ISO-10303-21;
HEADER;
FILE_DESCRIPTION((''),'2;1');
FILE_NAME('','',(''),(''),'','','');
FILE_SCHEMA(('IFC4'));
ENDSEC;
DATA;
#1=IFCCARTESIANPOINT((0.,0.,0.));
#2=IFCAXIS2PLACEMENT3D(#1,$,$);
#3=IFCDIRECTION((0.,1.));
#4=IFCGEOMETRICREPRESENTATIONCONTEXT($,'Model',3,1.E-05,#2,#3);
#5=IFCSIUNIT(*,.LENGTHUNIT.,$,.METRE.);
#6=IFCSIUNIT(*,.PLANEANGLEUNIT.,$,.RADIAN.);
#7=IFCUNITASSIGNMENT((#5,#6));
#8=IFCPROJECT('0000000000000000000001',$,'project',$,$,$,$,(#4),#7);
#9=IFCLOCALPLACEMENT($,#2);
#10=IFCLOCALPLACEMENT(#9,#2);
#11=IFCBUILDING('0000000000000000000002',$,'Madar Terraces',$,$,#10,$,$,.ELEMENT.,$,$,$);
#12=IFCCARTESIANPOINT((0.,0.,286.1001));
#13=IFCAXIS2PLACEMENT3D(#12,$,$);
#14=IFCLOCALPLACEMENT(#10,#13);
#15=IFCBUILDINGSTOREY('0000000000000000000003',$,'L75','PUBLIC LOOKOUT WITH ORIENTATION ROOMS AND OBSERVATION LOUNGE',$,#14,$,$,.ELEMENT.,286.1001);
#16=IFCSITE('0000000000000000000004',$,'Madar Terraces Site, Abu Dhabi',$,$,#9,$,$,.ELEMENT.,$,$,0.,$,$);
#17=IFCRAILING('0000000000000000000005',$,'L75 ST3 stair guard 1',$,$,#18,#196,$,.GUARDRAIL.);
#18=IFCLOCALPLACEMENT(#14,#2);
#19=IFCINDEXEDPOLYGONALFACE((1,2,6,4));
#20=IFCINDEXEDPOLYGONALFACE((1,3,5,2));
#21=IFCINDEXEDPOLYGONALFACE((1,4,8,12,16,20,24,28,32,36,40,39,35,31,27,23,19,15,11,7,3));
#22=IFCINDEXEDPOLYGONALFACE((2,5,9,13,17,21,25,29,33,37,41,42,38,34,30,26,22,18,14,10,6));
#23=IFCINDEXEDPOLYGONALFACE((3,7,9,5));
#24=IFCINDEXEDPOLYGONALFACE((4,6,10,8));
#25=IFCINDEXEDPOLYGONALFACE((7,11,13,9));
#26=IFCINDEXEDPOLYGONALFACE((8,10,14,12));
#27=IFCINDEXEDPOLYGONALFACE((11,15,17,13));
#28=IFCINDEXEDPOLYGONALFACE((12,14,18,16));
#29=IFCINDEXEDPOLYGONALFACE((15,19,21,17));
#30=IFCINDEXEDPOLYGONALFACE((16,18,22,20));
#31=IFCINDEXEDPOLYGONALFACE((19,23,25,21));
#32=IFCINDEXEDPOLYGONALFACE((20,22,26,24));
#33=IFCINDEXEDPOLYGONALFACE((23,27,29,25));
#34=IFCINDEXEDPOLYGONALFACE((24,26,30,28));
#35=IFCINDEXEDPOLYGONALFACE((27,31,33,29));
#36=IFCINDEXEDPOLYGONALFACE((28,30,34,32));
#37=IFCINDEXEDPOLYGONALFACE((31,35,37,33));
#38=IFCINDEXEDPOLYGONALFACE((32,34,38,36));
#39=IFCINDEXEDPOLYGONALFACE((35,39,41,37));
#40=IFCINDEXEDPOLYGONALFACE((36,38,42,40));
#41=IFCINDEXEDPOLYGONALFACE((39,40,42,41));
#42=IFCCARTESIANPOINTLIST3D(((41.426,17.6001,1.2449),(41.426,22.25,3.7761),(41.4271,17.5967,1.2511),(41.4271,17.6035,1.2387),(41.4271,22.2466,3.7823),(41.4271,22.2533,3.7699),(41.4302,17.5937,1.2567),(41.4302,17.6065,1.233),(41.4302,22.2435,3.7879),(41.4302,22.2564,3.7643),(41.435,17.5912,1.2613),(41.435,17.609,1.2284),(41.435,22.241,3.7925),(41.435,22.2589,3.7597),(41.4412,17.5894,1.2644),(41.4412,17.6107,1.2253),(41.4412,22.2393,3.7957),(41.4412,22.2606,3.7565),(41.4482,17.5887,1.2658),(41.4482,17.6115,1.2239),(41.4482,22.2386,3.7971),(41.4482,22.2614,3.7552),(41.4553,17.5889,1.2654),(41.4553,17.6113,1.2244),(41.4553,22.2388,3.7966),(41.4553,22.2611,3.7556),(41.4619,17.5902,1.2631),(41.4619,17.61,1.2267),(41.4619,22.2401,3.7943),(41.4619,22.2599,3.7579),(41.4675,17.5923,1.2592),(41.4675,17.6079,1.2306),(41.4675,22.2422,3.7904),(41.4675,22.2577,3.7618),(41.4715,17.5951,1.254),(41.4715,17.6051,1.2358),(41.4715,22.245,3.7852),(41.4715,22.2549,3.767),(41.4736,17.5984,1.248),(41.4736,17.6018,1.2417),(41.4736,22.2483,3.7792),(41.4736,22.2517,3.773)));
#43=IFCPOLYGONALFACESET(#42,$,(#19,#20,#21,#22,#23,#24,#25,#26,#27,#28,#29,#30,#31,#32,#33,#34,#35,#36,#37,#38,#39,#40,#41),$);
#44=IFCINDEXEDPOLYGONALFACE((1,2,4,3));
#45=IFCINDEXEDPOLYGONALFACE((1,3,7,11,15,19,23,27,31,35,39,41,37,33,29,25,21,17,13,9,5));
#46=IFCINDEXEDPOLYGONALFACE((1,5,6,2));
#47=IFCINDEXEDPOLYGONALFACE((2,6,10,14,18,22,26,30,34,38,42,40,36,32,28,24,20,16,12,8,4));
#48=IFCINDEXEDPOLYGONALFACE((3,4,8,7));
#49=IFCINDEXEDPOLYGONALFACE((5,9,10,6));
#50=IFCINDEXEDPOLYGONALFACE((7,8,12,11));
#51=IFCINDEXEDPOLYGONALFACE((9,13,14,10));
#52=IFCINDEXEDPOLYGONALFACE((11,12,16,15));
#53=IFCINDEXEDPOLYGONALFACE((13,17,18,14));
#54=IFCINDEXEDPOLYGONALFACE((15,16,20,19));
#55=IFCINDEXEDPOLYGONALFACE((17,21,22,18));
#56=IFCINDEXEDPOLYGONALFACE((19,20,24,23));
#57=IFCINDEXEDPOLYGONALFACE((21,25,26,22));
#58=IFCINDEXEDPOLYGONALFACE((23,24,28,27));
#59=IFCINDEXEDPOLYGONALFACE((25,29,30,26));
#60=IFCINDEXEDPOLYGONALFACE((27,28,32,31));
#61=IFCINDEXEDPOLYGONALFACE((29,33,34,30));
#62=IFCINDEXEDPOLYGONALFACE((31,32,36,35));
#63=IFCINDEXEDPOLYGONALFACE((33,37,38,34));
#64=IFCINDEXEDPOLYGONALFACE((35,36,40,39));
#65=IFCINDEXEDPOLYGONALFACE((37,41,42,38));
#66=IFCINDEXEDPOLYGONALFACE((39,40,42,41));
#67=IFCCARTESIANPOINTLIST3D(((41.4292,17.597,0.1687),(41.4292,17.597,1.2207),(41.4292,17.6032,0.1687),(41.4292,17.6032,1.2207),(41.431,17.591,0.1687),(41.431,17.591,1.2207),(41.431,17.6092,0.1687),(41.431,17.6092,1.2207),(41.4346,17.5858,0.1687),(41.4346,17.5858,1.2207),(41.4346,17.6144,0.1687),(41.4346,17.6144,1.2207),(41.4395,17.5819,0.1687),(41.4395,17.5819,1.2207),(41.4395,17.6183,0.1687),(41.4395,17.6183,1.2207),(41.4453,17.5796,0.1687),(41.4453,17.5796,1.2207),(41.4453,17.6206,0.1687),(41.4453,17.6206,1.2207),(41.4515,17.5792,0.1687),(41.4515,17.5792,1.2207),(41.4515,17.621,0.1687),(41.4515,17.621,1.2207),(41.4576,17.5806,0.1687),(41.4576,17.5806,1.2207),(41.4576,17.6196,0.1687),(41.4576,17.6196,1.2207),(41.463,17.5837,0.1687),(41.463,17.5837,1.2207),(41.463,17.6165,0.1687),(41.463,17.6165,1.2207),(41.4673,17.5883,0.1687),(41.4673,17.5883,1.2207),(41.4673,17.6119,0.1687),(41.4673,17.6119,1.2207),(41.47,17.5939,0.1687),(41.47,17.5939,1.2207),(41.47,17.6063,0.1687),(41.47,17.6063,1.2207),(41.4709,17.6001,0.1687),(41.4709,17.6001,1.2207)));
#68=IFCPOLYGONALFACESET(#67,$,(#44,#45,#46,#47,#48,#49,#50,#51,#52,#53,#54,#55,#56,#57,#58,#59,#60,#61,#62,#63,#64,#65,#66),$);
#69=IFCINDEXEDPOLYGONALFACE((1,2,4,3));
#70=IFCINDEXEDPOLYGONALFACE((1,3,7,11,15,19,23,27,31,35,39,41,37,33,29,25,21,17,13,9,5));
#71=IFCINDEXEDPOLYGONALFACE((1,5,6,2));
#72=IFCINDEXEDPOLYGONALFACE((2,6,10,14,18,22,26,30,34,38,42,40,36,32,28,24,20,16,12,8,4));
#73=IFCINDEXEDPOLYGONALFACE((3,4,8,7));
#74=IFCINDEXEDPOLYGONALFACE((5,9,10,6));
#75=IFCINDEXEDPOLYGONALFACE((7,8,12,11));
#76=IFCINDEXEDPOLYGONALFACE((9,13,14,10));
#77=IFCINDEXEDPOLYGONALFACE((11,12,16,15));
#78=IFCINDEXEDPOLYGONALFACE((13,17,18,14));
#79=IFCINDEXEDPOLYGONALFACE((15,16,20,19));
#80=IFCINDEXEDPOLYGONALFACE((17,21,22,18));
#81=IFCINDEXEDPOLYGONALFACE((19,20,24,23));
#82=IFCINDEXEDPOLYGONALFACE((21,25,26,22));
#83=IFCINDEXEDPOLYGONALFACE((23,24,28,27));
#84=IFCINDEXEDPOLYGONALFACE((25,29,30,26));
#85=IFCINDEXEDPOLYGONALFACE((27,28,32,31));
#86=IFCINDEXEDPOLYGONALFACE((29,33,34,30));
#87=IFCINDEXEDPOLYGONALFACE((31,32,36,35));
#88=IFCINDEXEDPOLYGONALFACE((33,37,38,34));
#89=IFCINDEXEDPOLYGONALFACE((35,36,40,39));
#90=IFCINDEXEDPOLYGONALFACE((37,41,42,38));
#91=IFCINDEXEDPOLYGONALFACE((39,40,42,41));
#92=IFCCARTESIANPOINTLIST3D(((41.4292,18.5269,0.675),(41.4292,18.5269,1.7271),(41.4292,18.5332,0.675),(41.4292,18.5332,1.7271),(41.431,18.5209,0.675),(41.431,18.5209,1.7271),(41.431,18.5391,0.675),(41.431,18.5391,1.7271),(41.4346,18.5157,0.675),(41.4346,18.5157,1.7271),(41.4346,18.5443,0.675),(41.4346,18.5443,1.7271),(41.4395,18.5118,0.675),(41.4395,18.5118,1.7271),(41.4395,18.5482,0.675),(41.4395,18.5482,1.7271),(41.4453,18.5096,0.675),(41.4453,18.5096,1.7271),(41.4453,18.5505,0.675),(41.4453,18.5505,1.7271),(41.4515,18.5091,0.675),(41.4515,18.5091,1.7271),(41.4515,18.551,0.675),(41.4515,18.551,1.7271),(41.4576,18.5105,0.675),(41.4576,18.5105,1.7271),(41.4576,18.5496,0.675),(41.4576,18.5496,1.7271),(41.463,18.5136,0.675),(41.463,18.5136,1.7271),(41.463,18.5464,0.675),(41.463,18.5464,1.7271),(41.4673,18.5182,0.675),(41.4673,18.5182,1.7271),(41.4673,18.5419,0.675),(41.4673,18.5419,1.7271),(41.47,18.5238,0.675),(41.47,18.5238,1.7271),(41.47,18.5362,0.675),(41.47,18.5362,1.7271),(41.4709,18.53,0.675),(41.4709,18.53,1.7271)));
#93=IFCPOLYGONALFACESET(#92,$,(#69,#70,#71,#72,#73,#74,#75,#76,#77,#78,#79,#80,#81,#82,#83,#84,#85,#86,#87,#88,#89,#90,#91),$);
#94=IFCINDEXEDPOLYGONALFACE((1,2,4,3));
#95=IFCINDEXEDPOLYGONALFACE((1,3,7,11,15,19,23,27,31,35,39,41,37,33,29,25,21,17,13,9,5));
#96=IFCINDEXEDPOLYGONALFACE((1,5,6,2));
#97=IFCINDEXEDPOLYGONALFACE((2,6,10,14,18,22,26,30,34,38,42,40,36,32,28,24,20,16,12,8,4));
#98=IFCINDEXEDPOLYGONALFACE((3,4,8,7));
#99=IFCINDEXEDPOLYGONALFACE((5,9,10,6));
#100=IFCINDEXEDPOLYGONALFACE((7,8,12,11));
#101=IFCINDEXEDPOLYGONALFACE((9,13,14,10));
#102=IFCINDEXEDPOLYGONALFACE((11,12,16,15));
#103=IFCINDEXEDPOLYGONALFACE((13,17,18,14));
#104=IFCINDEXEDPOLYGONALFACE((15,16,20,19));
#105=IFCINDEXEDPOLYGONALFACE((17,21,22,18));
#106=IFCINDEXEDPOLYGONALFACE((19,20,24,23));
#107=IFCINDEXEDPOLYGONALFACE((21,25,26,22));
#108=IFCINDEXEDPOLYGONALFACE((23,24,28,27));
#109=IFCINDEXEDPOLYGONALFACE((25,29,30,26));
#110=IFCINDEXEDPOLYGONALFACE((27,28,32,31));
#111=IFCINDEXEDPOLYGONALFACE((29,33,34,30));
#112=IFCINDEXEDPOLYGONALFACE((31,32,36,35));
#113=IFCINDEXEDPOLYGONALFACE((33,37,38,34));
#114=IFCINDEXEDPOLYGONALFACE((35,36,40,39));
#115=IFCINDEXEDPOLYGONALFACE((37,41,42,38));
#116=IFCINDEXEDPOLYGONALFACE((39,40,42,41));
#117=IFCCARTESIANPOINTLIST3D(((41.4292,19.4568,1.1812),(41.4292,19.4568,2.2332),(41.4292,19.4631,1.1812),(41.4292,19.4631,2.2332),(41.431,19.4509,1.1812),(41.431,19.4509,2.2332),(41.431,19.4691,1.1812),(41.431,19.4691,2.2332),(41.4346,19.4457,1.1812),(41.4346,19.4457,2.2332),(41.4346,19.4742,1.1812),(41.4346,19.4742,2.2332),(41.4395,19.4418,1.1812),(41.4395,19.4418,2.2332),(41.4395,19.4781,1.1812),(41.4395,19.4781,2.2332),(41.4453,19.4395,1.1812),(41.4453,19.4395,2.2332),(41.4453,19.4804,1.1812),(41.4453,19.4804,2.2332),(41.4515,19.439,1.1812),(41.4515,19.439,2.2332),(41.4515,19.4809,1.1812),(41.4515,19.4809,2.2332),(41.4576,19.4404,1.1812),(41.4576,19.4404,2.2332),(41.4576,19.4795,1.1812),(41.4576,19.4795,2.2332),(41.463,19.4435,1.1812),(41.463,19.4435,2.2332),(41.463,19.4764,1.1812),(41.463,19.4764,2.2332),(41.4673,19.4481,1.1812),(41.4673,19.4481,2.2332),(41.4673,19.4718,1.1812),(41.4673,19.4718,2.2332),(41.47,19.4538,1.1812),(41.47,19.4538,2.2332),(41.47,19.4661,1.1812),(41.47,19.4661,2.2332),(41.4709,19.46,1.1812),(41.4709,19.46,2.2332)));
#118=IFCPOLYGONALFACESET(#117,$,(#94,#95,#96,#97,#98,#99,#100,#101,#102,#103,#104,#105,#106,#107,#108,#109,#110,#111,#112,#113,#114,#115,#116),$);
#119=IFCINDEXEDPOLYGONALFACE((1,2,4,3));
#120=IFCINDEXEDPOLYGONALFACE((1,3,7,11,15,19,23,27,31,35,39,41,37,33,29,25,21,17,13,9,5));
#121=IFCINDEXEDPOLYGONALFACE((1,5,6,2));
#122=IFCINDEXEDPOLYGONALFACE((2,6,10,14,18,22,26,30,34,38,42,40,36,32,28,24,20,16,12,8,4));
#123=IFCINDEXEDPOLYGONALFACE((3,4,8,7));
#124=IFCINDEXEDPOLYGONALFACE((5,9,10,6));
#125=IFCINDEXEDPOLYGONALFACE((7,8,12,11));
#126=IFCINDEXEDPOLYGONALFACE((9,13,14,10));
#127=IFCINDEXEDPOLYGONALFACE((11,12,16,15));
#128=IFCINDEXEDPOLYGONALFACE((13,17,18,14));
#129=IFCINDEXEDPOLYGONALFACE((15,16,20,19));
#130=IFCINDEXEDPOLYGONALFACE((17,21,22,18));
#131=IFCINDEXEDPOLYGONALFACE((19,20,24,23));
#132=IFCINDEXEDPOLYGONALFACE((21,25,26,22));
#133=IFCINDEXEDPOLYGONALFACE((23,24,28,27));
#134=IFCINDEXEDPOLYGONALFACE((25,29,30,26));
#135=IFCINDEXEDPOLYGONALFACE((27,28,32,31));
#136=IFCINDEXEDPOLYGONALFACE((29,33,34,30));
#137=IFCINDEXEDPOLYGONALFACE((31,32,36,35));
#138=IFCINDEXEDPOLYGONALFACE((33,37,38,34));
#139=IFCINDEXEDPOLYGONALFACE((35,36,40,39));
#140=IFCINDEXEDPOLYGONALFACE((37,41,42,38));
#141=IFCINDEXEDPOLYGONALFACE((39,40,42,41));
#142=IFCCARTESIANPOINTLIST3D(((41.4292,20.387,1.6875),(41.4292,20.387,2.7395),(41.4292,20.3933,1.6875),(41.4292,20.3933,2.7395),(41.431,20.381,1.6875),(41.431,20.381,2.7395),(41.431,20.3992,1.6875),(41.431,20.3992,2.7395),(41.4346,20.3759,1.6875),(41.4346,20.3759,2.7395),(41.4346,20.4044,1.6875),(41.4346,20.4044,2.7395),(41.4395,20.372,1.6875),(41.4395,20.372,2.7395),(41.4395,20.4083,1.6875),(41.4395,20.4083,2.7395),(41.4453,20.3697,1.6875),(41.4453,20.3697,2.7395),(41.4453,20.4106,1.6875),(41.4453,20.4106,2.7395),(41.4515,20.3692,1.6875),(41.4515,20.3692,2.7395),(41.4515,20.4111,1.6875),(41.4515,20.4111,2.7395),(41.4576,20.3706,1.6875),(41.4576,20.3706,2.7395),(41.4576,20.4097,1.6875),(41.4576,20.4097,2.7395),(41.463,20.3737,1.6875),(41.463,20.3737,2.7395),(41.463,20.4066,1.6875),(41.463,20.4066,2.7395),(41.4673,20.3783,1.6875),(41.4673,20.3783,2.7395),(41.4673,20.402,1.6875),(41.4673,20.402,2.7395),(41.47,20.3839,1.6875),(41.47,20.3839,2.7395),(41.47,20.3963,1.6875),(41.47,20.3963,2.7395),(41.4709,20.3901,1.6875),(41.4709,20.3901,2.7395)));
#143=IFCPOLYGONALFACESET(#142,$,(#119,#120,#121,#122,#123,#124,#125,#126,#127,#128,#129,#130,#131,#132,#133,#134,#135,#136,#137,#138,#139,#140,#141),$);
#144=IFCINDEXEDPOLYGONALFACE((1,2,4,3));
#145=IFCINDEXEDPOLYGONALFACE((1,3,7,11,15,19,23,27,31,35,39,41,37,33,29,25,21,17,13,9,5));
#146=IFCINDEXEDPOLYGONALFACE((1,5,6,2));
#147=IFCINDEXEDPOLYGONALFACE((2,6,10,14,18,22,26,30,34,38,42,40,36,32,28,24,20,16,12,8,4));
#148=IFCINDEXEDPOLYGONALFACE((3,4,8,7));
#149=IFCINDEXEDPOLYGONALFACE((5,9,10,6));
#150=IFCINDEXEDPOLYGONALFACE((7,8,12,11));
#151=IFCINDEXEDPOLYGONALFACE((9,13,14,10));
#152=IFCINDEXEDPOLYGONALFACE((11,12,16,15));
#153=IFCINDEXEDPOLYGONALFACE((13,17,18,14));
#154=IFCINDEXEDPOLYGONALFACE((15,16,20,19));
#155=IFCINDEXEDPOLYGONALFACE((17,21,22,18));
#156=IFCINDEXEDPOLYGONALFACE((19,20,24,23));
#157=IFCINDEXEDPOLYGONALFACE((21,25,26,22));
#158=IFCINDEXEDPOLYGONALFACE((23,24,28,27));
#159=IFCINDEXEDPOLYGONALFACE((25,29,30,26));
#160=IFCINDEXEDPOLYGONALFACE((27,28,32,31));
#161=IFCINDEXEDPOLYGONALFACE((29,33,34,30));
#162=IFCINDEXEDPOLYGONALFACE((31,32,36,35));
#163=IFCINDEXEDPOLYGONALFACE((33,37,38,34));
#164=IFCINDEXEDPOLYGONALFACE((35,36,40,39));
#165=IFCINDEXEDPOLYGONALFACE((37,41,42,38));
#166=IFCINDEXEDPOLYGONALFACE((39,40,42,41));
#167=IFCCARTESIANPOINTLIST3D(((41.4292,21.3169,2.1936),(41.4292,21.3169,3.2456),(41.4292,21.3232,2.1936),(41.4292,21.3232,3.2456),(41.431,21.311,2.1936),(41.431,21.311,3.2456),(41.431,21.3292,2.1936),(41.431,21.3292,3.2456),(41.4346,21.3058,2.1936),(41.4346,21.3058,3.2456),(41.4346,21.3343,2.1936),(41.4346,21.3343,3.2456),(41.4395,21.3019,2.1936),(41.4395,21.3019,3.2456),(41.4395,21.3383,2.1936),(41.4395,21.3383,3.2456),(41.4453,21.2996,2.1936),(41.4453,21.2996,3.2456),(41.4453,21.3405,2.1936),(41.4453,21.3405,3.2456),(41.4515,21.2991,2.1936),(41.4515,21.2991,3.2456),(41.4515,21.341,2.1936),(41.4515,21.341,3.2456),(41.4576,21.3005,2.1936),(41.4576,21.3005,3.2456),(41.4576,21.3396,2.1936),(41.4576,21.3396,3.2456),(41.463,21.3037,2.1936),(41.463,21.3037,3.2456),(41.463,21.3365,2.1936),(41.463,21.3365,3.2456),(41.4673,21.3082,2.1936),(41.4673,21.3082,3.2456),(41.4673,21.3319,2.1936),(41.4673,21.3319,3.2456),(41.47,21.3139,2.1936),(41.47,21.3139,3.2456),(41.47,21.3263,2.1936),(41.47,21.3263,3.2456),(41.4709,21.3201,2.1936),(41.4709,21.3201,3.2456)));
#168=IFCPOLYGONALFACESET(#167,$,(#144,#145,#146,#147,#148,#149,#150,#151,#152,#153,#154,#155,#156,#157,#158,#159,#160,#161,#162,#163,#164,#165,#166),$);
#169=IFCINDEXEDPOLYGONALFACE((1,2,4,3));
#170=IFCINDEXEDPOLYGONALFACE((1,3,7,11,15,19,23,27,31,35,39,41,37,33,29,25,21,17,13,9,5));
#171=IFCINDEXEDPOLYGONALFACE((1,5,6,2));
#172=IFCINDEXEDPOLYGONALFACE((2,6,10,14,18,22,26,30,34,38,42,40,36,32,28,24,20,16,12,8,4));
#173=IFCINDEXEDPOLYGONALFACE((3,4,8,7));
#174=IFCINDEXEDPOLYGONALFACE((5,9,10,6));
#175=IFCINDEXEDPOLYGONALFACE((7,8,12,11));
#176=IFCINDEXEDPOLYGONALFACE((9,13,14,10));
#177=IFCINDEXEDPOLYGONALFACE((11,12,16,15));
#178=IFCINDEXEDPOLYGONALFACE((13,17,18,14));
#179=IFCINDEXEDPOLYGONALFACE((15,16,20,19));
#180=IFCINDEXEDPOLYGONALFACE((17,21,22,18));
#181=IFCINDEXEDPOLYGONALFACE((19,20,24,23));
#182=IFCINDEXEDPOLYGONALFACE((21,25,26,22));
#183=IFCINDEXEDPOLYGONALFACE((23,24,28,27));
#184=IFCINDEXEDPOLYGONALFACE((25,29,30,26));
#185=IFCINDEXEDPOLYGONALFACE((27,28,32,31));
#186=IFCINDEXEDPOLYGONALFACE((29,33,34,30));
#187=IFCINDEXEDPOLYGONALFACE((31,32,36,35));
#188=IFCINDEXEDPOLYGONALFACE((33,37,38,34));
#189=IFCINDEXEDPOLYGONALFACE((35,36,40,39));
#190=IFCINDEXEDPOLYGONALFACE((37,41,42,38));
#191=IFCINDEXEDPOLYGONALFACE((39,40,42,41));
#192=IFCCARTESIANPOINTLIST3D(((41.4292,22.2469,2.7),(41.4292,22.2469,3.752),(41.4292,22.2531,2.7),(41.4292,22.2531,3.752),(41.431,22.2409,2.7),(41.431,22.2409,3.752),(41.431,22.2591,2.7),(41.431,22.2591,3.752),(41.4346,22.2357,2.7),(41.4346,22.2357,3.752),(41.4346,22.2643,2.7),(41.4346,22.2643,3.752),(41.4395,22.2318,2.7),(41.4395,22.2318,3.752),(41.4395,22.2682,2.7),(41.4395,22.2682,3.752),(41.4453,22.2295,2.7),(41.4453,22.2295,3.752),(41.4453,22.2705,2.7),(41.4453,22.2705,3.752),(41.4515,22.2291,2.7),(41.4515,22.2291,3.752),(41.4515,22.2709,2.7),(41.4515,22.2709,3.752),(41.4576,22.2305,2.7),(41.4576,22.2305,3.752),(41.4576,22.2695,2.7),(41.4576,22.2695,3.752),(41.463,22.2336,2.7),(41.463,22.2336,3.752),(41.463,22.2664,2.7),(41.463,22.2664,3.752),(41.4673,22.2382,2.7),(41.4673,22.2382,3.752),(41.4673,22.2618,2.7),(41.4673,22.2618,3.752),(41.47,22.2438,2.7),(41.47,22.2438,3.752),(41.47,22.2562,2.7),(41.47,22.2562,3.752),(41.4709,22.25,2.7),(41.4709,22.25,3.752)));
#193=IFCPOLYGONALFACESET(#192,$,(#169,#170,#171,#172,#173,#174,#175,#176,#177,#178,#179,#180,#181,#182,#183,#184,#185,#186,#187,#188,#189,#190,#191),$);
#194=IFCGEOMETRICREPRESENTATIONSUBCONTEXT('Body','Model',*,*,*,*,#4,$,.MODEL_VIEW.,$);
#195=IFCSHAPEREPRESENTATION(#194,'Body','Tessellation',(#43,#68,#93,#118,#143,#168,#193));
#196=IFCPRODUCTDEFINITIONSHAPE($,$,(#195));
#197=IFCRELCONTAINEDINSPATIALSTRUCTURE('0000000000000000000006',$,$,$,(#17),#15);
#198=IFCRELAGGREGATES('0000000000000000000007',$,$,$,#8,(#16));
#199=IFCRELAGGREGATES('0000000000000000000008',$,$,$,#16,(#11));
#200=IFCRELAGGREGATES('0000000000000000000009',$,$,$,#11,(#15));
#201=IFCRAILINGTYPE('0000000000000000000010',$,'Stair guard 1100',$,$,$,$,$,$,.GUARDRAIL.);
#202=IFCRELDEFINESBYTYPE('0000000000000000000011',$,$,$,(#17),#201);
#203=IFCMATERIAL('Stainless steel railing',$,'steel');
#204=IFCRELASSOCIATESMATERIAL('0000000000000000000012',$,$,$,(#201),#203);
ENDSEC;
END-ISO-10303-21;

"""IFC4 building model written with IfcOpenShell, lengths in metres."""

from ifc_helpers import new_model, si_unit, direction, frame, origin, origin_2d, place, context, subcontext, project, spatial, circle, extrude, material, type_object, element, save


model = new_model("IFC4")

# Units and contexts
model_context = context("Model", 3, precision=1e-05, world=origin(), true_north=direction((0.0, 1.0)))
body_context = subcontext(model_context, "Body", "Model", "MODEL_VIEW")
ifc_project = project(units=[si_unit("LENGTHUNIT", "METRE"), si_unit("PLANEANGLEUNIT", "RADIAN")], contexts=[model_context])

# Site, building, storey
site_placement = place(None, origin())
site = spatial("IfcSite", under=ifc_project, at=site_placement, Name="Madar Terraces Site, Abu Dhabi", CompositionType="ELEMENT", RefElevation=0.0)
building_placement = place(site_placement, origin())
building = spatial("IfcBuilding", under=site, at=building_placement, Name="Madar Terraces", CompositionType="ELEMENT")
storey_placement = place(building_placement, frame((0.0, 0.0, 286.1001)))
storey = spatial("IfcBuildingStorey", under=building, at=storey_placement, Name="L75", Description="PUBLIC LOOKOUT WITH ORIENTATION ROOMS AND OBSERVATION LOUNGE", CompositionType="ELEMENT", Elevation=286.1001)

# Railing
ifc_material_1 = material(Name="Stainless steel railing", Category="steel")
railing_type_1 = type_object("IfcRailingType", Name="Stair guard 1100", PredefinedType="GUARDRAIL", material=ifc_material_1)
railing_1_placement = place(storey_placement, frame((41.45, 17.6001, 0.1687)))
element("IfcRailing", 1, at=railing_1_placement, inside=storey, type_object=railing_type_1, Name="L75 ST3 stair guard 1", PredefinedType="GUARDRAIL", context=body_context, shape_type="SweptSolid", body=[
    extrude(circle(Radius=0.0239, at=origin_2d()), frame((0.0, 0.0, 1.0762), z_axis=(0.0, 0.878297, 0.478115), x_axis=(-1.0, 0.0, 0.0)), (0.0, 0.0, 1.0), 5.2942),
    extrude(circle(Radius=0.021, at=origin_2d()), origin(), (0.0, 0.0, 1.0), 1.052),
    extrude(circle(Radius=0.021, at=origin_2d()), frame((0.0, 0.9299, 0.5063)), (0.0, 0.0, 1.0), 1.052),
    extrude(circle(Radius=0.021, at=origin_2d()), frame((0.0, 1.8599, 1.0125)), (0.0, 0.0, 1.0), 1.052),
    extrude(circle(Radius=0.021, at=origin_2d()), frame((0.0, 2.79, 1.5188)), (0.0, 0.0, 1.0), 1.052),
    extrude(circle(Radius=0.021, at=origin_2d()), frame((0.0, 3.72, 2.0249)), (0.0, 0.0, 1.0), 1.052),
    extrude(circle(Radius=0.021, at=origin_2d()), frame((0.0, 4.6499, 2.5312)), (0.0, 0.0, 1.0), 1.052),
])

save(model, "model.ifc")
